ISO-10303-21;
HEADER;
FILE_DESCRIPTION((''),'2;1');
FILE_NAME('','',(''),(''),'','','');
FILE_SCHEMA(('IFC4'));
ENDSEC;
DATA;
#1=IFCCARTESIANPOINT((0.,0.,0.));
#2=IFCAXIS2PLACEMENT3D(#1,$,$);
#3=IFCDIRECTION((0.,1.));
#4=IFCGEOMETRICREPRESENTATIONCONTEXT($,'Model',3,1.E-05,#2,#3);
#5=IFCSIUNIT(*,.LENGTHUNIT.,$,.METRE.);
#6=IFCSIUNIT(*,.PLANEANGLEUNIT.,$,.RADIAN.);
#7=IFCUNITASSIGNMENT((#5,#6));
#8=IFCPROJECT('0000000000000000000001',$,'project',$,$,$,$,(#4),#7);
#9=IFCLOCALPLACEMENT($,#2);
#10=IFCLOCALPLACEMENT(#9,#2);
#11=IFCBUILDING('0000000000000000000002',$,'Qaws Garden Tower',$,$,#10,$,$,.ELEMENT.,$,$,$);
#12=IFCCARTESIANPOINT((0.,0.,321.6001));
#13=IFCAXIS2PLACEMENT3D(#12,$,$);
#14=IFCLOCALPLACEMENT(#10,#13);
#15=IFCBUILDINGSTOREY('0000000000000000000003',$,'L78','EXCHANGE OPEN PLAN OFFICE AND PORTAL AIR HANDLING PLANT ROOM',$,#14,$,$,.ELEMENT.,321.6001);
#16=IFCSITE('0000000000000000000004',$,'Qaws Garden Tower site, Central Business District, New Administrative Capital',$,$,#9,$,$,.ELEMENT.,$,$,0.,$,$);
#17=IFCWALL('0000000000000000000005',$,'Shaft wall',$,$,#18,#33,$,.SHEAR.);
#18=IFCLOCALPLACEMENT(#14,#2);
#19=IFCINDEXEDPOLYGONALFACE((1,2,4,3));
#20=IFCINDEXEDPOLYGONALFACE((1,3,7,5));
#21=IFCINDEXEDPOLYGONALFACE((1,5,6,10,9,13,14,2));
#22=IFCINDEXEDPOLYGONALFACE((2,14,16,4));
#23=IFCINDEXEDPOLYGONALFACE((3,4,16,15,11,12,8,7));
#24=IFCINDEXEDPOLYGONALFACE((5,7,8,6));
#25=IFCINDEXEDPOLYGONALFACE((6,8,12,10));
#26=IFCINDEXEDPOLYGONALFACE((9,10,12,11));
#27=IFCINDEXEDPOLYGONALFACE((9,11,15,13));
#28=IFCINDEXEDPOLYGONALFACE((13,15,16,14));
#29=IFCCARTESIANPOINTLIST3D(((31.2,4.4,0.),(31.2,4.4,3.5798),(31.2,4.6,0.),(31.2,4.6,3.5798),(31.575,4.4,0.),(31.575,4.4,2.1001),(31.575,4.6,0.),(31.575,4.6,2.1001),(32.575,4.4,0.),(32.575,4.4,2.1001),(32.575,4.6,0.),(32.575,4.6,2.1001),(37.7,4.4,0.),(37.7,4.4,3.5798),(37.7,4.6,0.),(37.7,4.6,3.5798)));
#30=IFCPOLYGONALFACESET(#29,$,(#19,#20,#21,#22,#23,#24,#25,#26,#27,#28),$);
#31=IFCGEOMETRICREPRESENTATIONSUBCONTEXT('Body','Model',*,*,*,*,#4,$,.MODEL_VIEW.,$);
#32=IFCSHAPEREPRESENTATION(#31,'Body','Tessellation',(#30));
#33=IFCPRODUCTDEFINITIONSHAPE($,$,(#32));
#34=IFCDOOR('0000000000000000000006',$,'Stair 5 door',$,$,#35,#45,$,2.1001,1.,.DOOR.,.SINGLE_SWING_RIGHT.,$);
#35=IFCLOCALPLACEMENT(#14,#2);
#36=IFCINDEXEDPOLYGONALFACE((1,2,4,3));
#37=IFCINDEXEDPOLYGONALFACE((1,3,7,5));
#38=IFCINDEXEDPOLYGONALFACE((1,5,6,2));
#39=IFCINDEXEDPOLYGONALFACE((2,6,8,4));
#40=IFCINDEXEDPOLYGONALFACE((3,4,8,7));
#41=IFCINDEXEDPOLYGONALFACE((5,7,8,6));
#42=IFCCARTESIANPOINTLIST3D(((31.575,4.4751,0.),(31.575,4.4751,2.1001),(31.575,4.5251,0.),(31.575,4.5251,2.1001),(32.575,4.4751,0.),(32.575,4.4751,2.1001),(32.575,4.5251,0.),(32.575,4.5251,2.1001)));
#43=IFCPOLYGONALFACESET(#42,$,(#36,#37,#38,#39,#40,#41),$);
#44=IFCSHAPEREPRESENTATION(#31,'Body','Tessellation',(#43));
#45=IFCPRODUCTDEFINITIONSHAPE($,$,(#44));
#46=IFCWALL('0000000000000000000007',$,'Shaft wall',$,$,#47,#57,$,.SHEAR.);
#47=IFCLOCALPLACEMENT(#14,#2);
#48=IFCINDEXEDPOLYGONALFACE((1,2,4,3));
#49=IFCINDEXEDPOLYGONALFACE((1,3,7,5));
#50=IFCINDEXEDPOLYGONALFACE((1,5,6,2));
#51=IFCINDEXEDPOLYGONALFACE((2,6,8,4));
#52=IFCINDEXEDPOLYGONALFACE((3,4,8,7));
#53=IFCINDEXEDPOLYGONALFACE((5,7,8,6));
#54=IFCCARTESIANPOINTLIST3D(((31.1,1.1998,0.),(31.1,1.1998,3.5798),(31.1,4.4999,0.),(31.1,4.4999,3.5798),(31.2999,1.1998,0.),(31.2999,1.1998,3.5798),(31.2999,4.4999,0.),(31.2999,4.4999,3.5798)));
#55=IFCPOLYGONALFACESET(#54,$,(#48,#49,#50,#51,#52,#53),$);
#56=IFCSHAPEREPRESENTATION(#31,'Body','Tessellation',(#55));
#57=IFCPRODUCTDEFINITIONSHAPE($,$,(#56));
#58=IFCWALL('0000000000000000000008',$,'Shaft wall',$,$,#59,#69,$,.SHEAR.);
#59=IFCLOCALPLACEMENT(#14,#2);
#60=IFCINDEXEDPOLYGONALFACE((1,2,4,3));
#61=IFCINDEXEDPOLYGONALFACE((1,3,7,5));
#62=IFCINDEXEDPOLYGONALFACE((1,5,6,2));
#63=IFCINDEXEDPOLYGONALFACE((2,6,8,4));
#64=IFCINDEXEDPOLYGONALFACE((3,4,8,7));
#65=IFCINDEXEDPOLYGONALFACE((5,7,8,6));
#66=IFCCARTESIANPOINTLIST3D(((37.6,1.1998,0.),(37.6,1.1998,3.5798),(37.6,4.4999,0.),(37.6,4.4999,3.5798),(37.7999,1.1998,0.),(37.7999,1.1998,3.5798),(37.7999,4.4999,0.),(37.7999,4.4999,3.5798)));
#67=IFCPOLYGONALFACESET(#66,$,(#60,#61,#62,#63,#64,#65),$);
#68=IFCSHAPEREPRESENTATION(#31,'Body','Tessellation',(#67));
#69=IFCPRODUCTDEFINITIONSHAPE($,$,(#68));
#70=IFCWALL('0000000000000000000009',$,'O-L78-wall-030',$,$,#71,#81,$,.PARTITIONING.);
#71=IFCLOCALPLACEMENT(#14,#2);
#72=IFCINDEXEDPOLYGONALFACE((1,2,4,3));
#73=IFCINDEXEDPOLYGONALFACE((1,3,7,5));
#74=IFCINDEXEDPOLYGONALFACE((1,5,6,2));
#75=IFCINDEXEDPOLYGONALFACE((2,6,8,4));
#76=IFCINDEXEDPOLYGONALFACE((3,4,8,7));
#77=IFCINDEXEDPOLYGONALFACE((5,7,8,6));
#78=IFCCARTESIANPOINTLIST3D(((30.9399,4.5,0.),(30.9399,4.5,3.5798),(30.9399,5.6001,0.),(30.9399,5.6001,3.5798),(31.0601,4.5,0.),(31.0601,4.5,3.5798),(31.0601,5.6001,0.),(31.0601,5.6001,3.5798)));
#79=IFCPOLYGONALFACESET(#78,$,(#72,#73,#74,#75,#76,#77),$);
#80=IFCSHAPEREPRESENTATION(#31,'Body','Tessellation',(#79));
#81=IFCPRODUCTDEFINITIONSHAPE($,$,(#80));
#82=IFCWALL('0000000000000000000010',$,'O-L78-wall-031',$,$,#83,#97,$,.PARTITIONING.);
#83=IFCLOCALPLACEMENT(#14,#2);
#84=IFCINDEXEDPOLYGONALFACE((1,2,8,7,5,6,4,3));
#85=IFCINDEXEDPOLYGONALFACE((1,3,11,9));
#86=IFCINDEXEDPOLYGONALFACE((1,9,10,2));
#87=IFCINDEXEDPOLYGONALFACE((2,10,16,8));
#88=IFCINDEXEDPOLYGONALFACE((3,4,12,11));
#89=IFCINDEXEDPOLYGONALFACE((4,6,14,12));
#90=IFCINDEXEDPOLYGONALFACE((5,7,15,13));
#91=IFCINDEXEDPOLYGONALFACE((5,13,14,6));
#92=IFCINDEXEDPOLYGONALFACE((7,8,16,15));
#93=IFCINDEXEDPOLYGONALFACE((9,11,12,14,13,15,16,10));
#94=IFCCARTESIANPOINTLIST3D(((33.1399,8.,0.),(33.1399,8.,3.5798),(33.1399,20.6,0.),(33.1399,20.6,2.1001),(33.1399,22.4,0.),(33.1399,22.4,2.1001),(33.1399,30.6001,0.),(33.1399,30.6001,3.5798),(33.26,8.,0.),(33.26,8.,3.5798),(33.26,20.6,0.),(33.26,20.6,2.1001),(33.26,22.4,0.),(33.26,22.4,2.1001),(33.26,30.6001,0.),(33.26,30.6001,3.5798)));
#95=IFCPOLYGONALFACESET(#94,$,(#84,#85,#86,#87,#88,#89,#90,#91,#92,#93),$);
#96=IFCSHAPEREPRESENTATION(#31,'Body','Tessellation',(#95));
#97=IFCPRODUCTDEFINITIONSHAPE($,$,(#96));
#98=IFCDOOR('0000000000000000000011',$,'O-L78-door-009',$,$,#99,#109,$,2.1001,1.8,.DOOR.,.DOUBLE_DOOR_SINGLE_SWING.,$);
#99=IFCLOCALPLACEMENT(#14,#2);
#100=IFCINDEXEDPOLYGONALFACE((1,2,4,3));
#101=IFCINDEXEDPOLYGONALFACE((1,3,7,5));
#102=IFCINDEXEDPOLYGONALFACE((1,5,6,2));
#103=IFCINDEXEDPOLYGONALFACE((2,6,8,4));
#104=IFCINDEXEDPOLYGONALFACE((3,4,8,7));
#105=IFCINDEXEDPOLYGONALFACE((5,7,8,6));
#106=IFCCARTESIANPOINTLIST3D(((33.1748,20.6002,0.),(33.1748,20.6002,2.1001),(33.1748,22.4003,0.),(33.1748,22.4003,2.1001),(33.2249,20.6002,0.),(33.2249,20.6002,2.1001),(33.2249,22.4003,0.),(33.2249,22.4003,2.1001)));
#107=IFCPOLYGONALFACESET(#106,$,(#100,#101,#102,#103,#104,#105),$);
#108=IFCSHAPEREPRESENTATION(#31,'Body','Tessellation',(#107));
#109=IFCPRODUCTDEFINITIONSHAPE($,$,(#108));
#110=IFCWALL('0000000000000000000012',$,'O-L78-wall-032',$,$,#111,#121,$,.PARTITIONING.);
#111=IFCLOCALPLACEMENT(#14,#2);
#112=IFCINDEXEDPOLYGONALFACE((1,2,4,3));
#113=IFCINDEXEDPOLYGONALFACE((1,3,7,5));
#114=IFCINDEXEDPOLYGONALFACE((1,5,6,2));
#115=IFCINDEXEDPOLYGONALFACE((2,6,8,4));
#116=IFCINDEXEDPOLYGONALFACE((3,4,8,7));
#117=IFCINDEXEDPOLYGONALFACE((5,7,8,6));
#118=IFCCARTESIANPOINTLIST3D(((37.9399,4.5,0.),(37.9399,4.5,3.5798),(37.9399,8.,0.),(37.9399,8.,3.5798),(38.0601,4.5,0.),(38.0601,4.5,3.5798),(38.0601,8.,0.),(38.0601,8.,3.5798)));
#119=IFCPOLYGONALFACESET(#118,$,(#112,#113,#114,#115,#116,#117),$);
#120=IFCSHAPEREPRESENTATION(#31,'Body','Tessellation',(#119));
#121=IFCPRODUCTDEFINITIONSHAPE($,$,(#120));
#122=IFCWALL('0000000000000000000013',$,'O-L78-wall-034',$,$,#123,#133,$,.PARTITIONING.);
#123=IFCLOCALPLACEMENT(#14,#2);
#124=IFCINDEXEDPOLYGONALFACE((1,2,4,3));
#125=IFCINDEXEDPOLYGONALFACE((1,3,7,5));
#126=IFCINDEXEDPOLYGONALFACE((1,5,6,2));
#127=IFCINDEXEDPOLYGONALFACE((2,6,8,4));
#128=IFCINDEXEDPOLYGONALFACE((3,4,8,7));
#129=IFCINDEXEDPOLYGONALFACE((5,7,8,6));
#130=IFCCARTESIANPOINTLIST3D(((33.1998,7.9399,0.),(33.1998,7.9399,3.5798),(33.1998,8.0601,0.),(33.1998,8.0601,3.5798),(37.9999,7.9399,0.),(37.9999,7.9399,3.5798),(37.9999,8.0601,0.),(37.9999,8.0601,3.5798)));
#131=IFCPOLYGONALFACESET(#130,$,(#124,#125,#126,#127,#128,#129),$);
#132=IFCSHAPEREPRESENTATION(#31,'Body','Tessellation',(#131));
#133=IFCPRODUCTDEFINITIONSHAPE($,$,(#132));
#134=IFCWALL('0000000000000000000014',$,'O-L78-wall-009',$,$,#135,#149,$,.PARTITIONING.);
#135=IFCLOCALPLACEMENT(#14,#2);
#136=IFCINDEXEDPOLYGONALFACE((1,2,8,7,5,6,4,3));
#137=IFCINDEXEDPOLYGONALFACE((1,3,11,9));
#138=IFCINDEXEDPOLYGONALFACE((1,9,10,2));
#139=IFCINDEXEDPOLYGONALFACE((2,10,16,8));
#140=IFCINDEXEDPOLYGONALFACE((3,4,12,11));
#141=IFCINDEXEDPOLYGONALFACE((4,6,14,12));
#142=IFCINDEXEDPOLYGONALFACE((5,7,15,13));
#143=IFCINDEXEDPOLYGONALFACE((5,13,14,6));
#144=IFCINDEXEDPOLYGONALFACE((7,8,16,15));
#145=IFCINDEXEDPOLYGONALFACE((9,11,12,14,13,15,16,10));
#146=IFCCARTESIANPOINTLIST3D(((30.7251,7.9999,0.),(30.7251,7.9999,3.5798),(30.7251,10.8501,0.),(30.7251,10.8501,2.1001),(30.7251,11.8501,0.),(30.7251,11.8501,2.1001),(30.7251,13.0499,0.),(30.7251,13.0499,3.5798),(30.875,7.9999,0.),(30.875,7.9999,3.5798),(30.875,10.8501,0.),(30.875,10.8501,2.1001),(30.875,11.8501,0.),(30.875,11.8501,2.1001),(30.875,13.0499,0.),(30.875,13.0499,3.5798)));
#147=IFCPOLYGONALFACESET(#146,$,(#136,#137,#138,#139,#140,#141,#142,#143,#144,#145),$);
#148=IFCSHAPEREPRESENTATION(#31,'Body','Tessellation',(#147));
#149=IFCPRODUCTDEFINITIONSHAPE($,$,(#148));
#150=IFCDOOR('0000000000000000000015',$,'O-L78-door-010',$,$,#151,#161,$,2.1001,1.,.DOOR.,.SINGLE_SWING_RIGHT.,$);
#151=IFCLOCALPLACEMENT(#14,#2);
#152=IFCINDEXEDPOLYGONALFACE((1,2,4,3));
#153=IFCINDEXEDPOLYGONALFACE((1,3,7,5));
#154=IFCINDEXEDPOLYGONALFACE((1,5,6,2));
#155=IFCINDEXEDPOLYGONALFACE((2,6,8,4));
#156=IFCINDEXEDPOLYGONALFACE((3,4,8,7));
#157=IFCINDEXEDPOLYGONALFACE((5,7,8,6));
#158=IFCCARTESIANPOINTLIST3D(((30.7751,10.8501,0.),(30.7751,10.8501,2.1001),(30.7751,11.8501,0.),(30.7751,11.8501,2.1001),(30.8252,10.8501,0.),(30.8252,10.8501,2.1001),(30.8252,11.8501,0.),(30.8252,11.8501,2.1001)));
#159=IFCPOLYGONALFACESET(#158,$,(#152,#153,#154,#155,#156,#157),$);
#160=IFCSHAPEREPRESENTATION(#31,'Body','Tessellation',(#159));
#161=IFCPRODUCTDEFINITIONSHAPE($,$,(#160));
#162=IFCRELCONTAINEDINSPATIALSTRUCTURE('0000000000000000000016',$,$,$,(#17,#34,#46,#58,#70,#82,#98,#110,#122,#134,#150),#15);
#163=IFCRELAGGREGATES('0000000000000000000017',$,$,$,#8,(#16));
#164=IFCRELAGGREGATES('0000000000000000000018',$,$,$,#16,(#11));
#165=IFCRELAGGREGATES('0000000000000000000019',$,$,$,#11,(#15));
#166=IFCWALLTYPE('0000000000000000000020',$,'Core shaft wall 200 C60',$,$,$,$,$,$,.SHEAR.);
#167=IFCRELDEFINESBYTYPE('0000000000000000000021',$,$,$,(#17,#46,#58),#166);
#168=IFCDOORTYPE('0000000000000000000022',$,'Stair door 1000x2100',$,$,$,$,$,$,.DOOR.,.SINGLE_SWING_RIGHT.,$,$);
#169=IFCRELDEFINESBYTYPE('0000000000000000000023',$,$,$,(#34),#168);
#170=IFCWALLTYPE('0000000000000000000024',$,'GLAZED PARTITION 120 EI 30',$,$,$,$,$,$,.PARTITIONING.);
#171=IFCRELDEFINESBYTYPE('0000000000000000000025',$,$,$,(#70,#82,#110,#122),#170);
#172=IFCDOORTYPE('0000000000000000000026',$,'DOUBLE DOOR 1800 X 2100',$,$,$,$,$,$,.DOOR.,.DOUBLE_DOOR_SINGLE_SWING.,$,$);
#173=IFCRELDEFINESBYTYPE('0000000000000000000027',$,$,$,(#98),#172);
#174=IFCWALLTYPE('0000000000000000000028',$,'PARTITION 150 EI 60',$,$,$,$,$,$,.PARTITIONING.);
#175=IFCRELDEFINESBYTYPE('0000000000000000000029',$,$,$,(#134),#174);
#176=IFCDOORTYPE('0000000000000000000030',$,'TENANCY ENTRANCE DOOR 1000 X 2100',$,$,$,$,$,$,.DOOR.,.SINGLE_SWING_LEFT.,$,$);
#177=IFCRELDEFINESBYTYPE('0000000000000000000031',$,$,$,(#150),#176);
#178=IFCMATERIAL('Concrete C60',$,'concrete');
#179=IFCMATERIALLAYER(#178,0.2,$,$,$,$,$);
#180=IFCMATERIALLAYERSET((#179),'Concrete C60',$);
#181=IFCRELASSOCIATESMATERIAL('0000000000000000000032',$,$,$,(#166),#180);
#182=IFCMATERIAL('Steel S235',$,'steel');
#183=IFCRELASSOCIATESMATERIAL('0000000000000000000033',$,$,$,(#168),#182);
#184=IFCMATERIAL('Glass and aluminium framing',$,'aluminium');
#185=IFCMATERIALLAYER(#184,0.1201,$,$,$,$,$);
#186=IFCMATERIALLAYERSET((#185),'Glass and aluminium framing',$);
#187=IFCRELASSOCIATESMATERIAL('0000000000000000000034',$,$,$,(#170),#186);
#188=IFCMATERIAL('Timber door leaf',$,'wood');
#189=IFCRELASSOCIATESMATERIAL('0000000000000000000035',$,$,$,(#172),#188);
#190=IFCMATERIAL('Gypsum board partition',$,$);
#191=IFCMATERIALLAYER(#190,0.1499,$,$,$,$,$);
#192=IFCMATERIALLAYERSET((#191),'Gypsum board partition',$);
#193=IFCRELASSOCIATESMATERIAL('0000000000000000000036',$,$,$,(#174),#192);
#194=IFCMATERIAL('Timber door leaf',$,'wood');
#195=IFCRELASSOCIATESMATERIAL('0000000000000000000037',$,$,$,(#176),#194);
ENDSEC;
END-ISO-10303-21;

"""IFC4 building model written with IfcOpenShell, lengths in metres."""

from ifc_helpers import new_model, si_unit, direction, frame, frame_2d, origin, place, context, subcontext, project, spatial, rectangle, extrude, material, layer, layer_set, type_object, element, fill, save


model = new_model("IFC4")

# Units and contexts
model_context = context("Model", 3, precision=1e-05, world=origin(), true_north=direction((0.0, 1.0)))
body_context = subcontext(model_context, "Body", "Model", "MODEL_VIEW")
ifc_project = project(units=[si_unit("LENGTHUNIT", "METRE"), si_unit("PLANEANGLEUNIT", "RADIAN")], contexts=[model_context])

# Site, building, storey
site_placement = place(None, origin())
site = spatial("IfcSite", under=ifc_project, at=site_placement, Name="Qaws Garden Tower site, Central Business District, New Administrative Capital", CompositionType="ELEMENT", RefElevation=0.0)
building_placement = place(site_placement, origin())
building = spatial("IfcBuilding", under=site, at=building_placement, Name="Qaws Garden Tower", CompositionType="ELEMENT")
storey_placement = place(building_placement, frame((0.0, 0.0, 321.6001)))
storey = spatial("IfcBuildingStorey", under=building, at=storey_placement, Name="L78", Description="EXCHANGE OPEN PLAN OFFICE AND PORTAL AIR HANDLING PLANT ROOM", CompositionType="ELEMENT", Elevation=321.6001)

# Shared definitions
ifc_material_1 = material(Name="Concrete C60", Category="concrete")
ifc_layer_1 = layer(ifc_material_1, 0.2)
ifc_layer_set_1 = layer_set([ifc_layer_1], Name="Concrete C60")
wall_type_1 = type_object("IfcWallType", Name="Core shaft wall 200 C60", PredefinedType="SHEAR", material=ifc_layer_set_1)

# Wall, opening, door
wall_1_placement = place(storey_placement, frame((31.2, 4.5, 0.0), z_axis=(0.0, 0.0, 1.0), x_axis=(1.0, 0.0, 0.0)))
wall_1 = element("IfcWall", 1, at=wall_1_placement, inside=storey, type_object=wall_type_1, Name="Shaft wall", PredefinedType="SHEAR", context=body_context, shape_type="SweptSolid", body=[
    extrude(rectangle(XDim=6.5, YDim=0.2, at=frame_2d((3.25, 0.0))), origin(), (0.0, 0.0, 1.0), 3.5798),
])
opening_1_placement = place(wall_1_placement, frame((0.375, 0.0, 0.0)))
opening_1 = element("IfcOpeningElement", 2, at=opening_1_placement, cuts=wall_1, PredefinedType="OPENING", context=body_context, shape_type="SweptSolid", body=[
    extrude(rectangle(XDim=1.0, YDim=2.1001, at=frame_2d((0.5, 1.05))), frame((0.0, 0.1099, 0.0), z_axis=(0.0, -1.0, 0.0), x_axis=(1.0, 0.0, 0.0)), (0.0, 0.0, 1.0), 0.22),
])
ifc_material_2 = material(Name="Steel S235", Category="steel")
door_type_1 = type_object("IfcDoorType", Name="Stair door 1000x2100", OperationType="SINGLE_SWING_RIGHT", PredefinedType="DOOR", material=ifc_material_2)
door_1_placement = place(opening_1_placement, frame((1.0, 0.0, 0.0), z_axis=(0.0, 0.0, 1.0), x_axis=(-1.0, 0.0, 0.0)))
door_1 = element("IfcDoor", 3, at=door_1_placement, inside=storey, type_object=door_type_1, Name="Stair 5 door", OperationType="SINGLE_SWING_RIGHT", OverallHeight=2.1001, OverallWidth=1.0, PredefinedType="DOOR", context=body_context, shape_type="SweptSolid", body=[
    extrude(rectangle(XDim=1.0, YDim=2.1001, at=frame_2d((0.5, 1.05))), frame((0.0, 0.0249, 0.0), z_axis=(0.0, -1.0, 0.0), x_axis=(1.0, 0.0, 0.0)), (0.0, 0.0, 1.0), 0.05),
])
fill(opening_1, door_1)

# Walls
for number, where, z_axis, x_axis, name in (
    (4, (31.2, 1.2, 0.0), (0.0, 0.0, 1.0), (0.0, 1.0, 0.0), "Shaft wall"),
    (5, (37.7, 1.2, 0.0), (0.0, 0.0, 1.0), (0.0, 1.0, 0.0), "Shaft wall"),
):
    element("IfcWall", number, at=place(storey_placement, frame(where, z_axis=z_axis, x_axis=x_axis)), inside=storey, type_object=wall_type_1, Name=name, PredefinedType="SHEAR", context=body_context, shape_type="SweptSolid", body=[
        extrude(rectangle(XDim=3.3, YDim=0.2, at=frame_2d((1.6499, 0.0))), origin(), (0.0, 0.0, 1.0), 3.5798),
    ])
ifc_material_3 = material(Name="Glass and aluminium framing", Category="aluminium")
ifc_layer_2 = layer(ifc_material_3, 0.1201)
ifc_layer_set_2 = layer_set([ifc_layer_2], Name="Glass and aluminium framing")
wall_type_2 = type_object("IfcWallType", Name="GLAZED PARTITION 120 EI 30", PredefinedType="PARTITIONING", material=ifc_layer_set_2)
wall_2_placement = place(storey_placement, frame((31.0, 4.5, 0.0), z_axis=(0.0, 0.0, 1.0), x_axis=(0.0, 1.0, 0.0)))
element("IfcWall", 6, at=wall_2_placement, inside=storey, type_object=wall_type_2, Name="O-L78-wall-030", PredefinedType="PARTITIONING", context=body_context, shape_type="SweptSolid", body=[
    extrude(rectangle(XDim=1.1001, YDim=0.1201, at=frame_2d((0.55, 0.0))), origin(), (0.0, 0.0, 1.0), 3.5798),
])

# Wall, opening, door
wall_3_placement = place(storey_placement, frame((33.2, 8.0, 0.0), z_axis=(0.0, 0.0, 1.0), x_axis=(0.0, 1.0, 0.0)))
wall_3 = element("IfcWall", 7, at=wall_3_placement, inside=storey, type_object=wall_type_2, Name="O-L78-wall-031", PredefinedType="PARTITIONING", context=body_context, shape_type="SweptSolid", body=[
    extrude(rectangle(XDim=22.6001, YDim=0.1201, at=frame_2d((11.3, 0.0))), origin(), (0.0, 0.0, 1.0), 3.5798),
])
opening_2_placement = place(wall_3_placement, frame((12.6001, 0.0, 0.0)))
opening_2 = element("IfcOpeningElement", 8, at=opening_2_placement, cuts=wall_3, PredefinedType="OPENING", context=body_context, shape_type="SweptSolid", body=[
    extrude(rectangle(XDim=1.8, YDim=2.1001, at=frame_2d((0.8999, 1.05))), frame((0.0, 0.0701, 0.0), z_axis=(0.0, -1.0, 0.0), x_axis=(1.0, 0.0, 0.0)), (0.0, 0.0, 1.0), 0.1401),
])
ifc_material_4 = material(Name="Timber door leaf", Category="wood")
door_type_2 = type_object("IfcDoorType", Name="DOUBLE DOOR 1800 X 2100", OperationType="DOUBLE_DOOR_SINGLE_SWING", PredefinedType="DOOR", material=ifc_material_4)
door_2_placement = place(opening_2_placement, frame((1.8, 0.0, 0.0), z_axis=(0.0, 0.0, 1.0), x_axis=(-1.0, 0.0, 0.0)))
door_2 = element("IfcDoor", 9, at=door_2_placement, inside=storey, type_object=door_type_2, Name="O-L78-door-009", OperationType="DOUBLE_DOOR_SINGLE_SWING", OverallHeight=2.1001, OverallWidth=1.8, PredefinedType="DOOR", context=body_context, shape_type="SweptSolid", body=[
    extrude(rectangle(XDim=1.8, YDim=2.1001, at=frame_2d((0.8999, 1.05))), frame((0.0, 0.0249, 0.0), z_axis=(0.0, -1.0, 0.0), x_axis=(1.0, 0.0, 0.0)), (0.0, 0.0, 1.0), 0.05),
])
fill(opening_2, door_2)

# Walls
wall_4_placement = place(storey_placement, frame((38.0, 4.5, 0.0), z_axis=(0.0, 0.0, 1.0), x_axis=(0.0, 1.0, 0.0)))
element("IfcWall", 10, at=wall_4_placement, inside=storey, type_object=wall_type_2, Name="O-L78-wall-032", PredefinedType="PARTITIONING", context=body_context, shape_type="SweptSolid", body=[
    extrude(rectangle(XDim=3.5, YDim=0.1201, at=frame_2d((1.75, 0.0))), origin(), (0.0, 0.0, 1.0), 3.5798),
])
wall_5_placement = place(storey_placement, frame((33.2, 8.0, 0.0), z_axis=(0.0, 0.0, 1.0), x_axis=(1.0, 0.0, 0.0)))
element("IfcWall", 11, at=wall_5_placement, inside=storey, type_object=wall_type_2, Name="O-L78-wall-034", PredefinedType="PARTITIONING", context=body_context, shape_type="SweptSolid", body=[
    extrude(rectangle(XDim=4.8, YDim=0.1201, at=frame_2d((2.3999, 0.0))), origin(), (0.0, 0.0, 1.0), 3.5798),
])

# Wall, opening, door
ifc_material_5 = material(Name="Gypsum board partition")
ifc_layer_3 = layer(ifc_material_5, 0.1499)
ifc_layer_set_3 = layer_set([ifc_layer_3], Name="Gypsum board partition")
wall_type_3 = type_object("IfcWallType", Name="PARTITION 150 EI 60", PredefinedType="PARTITIONING", material=ifc_layer_set_3)
wall_6_placement = place(storey_placement, frame((30.8, 8.0, 0.0), z_axis=(0.0, 0.0, 1.0), x_axis=(0.0, 1.0, 0.0)))
wall_6 = element("IfcWall", 12, at=wall_6_placement, inside=storey, type_object=wall_type_3, Name="O-L78-wall-009", PredefinedType="PARTITIONING", context=body_context, shape_type="SweptSolid", body=[
    extrude(rectangle(XDim=5.05, YDim=0.1499, at=frame_2d((2.5249, 0.0))), origin(), (0.0, 0.0, 1.0), 3.5798),
])
opening_3_placement = place(wall_6_placement, frame((2.8501, 0.0, 0.0)))
opening_3 = element("IfcOpeningElement", 13, at=opening_3_placement, cuts=wall_6, PredefinedType="OPENING", context=body_context, shape_type="SweptSolid", body=[
    extrude(rectangle(XDim=1.0, YDim=2.1001, at=frame_2d((0.5, 1.05))), frame((0.0, 0.085, 0.0), z_axis=(0.0, -1.0, 0.0), x_axis=(1.0, 0.0, 0.0)), (0.0, 0.0, 1.0), 0.1699),
])
ifc_material_6 = material(Name="Timber door leaf", Category="wood")
door_type_3 = type_object("IfcDoorType", Name="TENANCY ENTRANCE DOOR 1000 X 2100", OperationType="SINGLE_SWING_LEFT", PredefinedType="DOOR", material=ifc_material_6)
door_3_placement = place(opening_3_placement, origin())
door_3 = element("IfcDoor", 14, at=door_3_placement, inside=storey, type_object=door_type_3, Name="O-L78-door-010", OperationType="SINGLE_SWING_RIGHT", OverallHeight=2.1001, OverallWidth=1.0, PredefinedType="DOOR", context=body_context, shape_type="SweptSolid", body=[
    extrude(rectangle(XDim=1.0, YDim=2.1001, at=frame_2d((0.5, 1.05))), frame((0.0, 0.0249, 0.0), z_axis=(0.0, -1.0, 0.0), x_axis=(1.0, 0.0, 0.0)), (0.0, 0.0, 1.0), 0.05),
])
fill(opening_3, door_3)

save(model, "model.ifc")
